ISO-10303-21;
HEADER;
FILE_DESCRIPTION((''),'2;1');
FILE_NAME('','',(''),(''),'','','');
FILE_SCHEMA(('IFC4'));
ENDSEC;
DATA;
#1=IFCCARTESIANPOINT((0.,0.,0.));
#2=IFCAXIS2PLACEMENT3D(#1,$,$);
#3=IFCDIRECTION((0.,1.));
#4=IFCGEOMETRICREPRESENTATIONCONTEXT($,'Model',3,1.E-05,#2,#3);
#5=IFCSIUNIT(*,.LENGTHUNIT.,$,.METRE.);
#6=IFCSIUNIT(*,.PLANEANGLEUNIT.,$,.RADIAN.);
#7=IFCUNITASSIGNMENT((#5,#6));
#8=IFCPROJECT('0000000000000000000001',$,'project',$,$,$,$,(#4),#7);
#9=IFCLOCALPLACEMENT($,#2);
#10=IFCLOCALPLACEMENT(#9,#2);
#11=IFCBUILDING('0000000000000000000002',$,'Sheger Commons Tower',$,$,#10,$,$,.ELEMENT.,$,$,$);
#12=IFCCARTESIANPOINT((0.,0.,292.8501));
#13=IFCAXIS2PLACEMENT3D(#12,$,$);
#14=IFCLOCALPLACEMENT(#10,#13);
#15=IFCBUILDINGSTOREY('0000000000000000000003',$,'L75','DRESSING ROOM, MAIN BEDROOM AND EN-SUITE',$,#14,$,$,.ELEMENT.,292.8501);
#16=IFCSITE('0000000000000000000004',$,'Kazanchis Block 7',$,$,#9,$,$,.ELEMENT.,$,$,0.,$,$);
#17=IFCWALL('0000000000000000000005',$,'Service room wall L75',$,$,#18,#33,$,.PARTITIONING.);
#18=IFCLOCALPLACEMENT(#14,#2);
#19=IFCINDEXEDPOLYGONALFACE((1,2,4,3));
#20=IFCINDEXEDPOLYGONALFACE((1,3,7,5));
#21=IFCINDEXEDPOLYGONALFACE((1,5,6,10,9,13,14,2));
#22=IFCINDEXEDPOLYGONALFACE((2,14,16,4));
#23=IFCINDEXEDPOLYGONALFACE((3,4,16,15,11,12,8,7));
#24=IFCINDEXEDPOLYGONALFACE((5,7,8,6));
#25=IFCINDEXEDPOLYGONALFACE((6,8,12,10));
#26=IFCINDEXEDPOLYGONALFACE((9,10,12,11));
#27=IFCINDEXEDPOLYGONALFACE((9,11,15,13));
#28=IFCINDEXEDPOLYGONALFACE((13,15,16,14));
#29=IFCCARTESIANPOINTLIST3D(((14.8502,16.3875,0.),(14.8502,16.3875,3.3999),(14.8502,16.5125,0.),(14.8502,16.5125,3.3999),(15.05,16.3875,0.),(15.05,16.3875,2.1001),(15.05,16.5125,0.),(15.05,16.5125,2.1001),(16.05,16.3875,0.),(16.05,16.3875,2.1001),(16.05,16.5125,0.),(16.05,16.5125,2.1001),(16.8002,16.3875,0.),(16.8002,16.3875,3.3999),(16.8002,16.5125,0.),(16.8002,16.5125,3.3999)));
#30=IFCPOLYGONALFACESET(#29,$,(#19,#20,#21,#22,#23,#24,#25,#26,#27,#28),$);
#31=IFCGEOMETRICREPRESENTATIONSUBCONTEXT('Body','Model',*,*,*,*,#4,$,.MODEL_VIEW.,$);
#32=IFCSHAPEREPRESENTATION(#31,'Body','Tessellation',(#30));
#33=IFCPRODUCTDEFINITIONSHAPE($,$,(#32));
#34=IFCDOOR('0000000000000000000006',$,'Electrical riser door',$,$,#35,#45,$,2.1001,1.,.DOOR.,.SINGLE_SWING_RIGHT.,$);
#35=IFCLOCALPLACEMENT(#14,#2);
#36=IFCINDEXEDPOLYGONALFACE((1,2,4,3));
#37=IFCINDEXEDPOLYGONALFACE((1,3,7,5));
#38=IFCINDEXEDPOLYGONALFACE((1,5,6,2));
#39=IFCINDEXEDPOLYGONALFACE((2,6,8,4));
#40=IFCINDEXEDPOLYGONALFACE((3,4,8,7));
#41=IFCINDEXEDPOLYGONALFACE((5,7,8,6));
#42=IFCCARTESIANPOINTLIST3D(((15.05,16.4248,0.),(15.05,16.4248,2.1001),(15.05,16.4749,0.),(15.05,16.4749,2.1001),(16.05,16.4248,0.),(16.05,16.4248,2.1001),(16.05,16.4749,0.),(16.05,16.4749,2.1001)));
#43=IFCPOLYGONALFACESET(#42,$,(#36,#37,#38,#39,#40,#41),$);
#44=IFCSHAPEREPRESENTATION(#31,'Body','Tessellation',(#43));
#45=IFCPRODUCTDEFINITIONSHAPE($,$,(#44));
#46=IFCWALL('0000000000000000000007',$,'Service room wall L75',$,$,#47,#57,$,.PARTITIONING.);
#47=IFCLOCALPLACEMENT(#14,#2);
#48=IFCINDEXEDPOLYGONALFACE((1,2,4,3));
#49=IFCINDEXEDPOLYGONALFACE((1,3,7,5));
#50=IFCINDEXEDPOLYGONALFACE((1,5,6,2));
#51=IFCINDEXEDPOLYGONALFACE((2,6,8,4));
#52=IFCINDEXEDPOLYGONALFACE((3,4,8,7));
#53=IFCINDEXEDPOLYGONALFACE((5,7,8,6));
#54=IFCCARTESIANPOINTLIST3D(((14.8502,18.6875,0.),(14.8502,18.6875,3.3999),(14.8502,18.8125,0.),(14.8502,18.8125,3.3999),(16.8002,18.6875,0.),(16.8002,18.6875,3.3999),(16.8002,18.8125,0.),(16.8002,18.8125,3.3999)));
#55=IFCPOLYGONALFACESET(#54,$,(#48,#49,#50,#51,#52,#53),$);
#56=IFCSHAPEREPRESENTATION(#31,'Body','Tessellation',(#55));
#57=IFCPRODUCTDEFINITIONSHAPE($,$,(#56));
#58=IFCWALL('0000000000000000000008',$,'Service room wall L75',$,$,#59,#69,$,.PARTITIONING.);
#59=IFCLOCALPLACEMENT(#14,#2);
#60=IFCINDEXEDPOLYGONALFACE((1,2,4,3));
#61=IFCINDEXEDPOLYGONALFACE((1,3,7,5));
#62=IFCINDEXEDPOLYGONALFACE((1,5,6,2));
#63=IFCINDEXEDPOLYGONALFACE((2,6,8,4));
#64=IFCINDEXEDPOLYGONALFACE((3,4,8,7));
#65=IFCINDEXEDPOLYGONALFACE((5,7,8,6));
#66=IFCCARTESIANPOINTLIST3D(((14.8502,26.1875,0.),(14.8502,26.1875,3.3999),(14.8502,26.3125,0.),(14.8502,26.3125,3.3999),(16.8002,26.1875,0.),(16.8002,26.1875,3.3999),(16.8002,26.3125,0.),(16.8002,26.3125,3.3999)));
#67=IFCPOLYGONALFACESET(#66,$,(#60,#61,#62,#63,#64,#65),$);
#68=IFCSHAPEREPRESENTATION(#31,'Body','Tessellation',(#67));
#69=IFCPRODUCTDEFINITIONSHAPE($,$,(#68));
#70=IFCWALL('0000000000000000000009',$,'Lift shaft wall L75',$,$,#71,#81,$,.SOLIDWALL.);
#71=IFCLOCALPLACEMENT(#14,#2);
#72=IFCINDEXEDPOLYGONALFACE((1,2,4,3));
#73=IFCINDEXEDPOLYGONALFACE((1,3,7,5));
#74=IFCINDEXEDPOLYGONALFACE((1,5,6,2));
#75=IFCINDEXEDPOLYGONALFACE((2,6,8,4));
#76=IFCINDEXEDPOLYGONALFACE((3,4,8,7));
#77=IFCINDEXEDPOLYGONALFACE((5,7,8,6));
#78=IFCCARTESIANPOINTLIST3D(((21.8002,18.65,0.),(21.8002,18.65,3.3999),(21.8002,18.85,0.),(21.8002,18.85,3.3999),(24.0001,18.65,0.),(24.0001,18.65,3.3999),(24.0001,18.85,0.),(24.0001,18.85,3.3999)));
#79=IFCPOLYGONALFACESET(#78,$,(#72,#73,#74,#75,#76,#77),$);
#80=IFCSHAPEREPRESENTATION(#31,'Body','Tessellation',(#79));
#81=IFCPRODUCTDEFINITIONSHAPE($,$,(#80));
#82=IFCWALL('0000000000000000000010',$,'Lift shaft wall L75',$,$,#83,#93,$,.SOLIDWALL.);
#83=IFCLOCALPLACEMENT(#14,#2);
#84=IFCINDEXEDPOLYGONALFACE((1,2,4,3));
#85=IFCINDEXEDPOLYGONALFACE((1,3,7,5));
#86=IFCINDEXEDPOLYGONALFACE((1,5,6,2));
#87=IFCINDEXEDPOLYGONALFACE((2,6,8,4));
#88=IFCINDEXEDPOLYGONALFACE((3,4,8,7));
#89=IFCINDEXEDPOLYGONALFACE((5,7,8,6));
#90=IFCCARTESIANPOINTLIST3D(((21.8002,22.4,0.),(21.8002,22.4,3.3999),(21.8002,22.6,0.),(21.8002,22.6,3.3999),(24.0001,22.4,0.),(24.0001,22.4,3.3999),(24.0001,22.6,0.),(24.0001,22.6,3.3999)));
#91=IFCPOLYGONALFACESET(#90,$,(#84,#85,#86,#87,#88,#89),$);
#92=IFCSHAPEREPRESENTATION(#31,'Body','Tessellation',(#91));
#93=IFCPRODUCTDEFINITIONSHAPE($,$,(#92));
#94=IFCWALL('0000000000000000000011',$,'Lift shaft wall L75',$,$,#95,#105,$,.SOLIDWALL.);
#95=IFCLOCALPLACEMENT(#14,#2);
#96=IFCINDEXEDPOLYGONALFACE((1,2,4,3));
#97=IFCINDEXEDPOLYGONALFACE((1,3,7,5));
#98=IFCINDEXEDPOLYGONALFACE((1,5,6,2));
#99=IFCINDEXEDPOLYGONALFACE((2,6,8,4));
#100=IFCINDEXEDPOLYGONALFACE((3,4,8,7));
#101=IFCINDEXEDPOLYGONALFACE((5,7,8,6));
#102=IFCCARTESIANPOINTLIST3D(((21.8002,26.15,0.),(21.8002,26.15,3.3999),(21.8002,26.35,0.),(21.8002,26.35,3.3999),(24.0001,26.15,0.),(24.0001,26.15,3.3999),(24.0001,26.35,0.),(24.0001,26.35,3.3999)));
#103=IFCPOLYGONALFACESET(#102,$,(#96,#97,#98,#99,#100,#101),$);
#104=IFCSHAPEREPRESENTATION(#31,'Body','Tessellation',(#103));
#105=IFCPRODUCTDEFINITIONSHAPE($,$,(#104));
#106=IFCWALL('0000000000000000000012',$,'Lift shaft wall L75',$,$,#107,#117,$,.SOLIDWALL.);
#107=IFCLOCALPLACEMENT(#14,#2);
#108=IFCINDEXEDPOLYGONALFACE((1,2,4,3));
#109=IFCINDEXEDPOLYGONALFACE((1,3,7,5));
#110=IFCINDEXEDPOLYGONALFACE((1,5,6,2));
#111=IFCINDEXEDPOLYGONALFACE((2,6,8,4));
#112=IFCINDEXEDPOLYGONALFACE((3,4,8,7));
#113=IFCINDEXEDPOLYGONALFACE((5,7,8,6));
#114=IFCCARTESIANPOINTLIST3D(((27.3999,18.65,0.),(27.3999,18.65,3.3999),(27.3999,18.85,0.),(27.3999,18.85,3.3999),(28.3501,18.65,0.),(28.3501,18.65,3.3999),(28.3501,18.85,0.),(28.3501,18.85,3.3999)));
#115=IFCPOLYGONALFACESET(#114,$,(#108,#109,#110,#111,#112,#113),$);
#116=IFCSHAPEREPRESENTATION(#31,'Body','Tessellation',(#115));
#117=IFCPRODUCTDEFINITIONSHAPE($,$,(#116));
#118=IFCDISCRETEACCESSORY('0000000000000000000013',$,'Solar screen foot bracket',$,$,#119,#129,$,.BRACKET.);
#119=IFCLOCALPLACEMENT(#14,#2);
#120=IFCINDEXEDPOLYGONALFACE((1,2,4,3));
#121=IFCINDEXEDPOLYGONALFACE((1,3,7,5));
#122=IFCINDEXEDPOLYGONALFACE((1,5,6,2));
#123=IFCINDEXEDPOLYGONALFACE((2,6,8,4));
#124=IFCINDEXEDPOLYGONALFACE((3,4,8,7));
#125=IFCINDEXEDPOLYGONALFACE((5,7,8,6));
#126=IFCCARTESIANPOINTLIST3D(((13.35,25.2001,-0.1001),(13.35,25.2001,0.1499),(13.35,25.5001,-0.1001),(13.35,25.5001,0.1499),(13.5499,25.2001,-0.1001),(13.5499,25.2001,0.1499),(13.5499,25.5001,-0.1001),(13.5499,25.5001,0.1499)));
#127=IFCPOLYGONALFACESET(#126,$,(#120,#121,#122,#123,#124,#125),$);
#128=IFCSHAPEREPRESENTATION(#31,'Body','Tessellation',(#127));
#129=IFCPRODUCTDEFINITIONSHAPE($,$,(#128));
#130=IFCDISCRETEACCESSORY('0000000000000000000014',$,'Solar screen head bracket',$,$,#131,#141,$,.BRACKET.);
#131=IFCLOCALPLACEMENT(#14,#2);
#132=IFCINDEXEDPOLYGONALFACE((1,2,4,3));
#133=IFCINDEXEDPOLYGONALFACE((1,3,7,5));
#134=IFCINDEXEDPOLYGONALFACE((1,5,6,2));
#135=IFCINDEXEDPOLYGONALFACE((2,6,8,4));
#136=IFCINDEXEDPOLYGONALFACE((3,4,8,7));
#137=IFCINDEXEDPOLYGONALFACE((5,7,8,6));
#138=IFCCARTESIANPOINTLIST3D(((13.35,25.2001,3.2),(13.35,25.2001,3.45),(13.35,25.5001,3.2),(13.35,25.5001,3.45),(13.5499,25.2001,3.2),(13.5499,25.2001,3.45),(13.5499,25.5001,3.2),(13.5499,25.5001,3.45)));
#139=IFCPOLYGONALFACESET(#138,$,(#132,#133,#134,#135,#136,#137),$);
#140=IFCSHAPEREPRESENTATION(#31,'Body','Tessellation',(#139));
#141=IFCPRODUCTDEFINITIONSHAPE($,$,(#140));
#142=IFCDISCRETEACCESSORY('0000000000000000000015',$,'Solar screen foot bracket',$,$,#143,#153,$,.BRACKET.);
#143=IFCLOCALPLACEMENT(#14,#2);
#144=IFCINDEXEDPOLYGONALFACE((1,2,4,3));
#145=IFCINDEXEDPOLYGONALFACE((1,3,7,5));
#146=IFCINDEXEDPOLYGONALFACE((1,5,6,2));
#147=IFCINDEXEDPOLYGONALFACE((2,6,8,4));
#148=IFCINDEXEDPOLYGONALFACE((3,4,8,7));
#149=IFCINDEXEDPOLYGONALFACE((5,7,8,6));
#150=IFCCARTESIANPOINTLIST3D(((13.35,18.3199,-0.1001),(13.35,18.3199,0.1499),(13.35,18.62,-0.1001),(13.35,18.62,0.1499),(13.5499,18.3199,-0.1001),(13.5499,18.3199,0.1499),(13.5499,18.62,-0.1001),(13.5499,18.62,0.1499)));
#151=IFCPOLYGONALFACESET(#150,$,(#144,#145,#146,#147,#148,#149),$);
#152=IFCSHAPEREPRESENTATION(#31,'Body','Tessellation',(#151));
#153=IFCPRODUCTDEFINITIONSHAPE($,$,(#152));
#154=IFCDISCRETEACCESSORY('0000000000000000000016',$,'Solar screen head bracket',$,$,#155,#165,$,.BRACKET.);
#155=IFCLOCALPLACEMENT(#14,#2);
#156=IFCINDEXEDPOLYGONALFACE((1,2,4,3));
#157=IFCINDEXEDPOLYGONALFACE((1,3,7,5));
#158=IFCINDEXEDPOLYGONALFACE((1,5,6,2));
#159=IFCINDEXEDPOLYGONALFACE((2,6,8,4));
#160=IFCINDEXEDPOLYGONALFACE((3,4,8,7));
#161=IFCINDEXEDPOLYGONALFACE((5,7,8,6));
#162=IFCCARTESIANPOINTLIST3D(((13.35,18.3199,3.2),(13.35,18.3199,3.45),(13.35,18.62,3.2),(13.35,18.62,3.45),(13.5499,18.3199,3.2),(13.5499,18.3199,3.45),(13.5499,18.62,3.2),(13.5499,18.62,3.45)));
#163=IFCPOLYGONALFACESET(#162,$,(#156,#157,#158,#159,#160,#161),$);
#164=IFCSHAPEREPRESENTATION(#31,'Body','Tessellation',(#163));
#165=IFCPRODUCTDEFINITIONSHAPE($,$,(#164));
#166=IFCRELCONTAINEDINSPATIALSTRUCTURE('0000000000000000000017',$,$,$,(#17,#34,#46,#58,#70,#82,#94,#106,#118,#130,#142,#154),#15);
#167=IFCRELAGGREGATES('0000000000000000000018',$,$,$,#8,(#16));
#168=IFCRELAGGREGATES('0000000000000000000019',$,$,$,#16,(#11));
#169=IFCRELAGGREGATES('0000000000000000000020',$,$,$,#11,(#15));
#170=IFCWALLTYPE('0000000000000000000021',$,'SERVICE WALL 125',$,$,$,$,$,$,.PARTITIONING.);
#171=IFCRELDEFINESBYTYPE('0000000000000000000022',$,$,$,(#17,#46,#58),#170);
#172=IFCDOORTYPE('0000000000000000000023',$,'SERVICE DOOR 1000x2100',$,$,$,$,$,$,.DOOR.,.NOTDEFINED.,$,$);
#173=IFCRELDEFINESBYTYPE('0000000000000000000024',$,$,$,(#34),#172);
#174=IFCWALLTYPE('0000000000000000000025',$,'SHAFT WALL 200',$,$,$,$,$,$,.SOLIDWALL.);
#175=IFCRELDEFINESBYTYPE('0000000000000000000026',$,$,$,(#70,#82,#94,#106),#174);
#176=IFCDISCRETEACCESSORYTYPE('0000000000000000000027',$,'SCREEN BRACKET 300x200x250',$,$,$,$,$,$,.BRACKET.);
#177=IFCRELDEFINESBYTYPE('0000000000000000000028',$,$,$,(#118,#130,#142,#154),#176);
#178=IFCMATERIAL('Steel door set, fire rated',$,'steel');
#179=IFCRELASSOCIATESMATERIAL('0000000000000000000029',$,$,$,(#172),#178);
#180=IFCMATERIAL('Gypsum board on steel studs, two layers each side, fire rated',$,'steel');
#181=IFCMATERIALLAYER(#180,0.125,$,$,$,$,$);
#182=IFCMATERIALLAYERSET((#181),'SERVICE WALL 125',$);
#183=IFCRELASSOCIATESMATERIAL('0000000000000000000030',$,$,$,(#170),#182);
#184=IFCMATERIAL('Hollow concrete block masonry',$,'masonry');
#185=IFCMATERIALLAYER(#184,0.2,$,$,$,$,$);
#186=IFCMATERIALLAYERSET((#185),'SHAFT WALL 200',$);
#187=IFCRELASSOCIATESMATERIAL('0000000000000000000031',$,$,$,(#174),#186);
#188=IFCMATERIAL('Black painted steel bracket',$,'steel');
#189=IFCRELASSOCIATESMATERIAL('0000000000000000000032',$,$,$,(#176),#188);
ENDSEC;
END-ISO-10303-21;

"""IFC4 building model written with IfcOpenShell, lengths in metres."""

from ifc_helpers import new_model, si_unit, direction, frame, frame_2d, origin, origin_2d, place, context, subcontext, project, spatial, rectangle, extrude, material, layer, layer_set, type_object, element, fill, save


model = new_model("IFC4")

# Units and contexts
model_context = context("Model", 3, precision=1e-05, world=origin(), true_north=direction((0.0, 1.0)))
body_context = subcontext(model_context, "Body", "Model", "MODEL_VIEW")
ifc_project = project(units=[si_unit("LENGTHUNIT", "METRE"), si_unit("PLANEANGLEUNIT", "RADIAN")], contexts=[model_context])

# Site, building, storey
site_placement = place(None, origin())
site = spatial("IfcSite", under=ifc_project, at=site_placement, Name="Kazanchis Block 7", CompositionType="ELEMENT", RefElevation=0.0)
building_placement = place(site_placement, origin())
building = spatial("IfcBuilding", under=site, at=building_placement, Name="Sheger Commons Tower", CompositionType="ELEMENT")
storey_placement = place(building_placement, frame((0.0, 0.0, 292.8501)))
storey = spatial("IfcBuildingStorey", under=building, at=storey_placement, Name="L75", Description="DRESSING ROOM, MAIN BEDROOM AND EN-SUITE", CompositionType="ELEMENT", Elevation=292.8501)

# Shared definitions
ifc_material_1 = material(Name="Steel door set, fire rated", Category="steel")
door_type_1 = type_object("IfcDoorType", Name="SERVICE DOOR 1000x2100", OperationType="NOTDEFINED", PredefinedType="DOOR", material=ifc_material_1)

# Wall, opening, door
ifc_material_2 = material(Name="Gypsum board on steel studs, two layers each side, fire rated", Category="steel")
ifc_layer_1 = layer(ifc_material_2, 0.125)
ifc_layer_set_1 = layer_set([ifc_layer_1], Name="SERVICE WALL 125")
wall_type_1 = type_object("IfcWallType", Name="SERVICE WALL 125", PredefinedType="PARTITIONING", material=ifc_layer_set_1)
wall_1_placement = place(storey_placement, frame((14.8501, 16.45, 0.0), z_axis=(0.0, 0.0, 1.0), x_axis=(1.0, 0.0, 0.0)))
wall_1 = element("IfcWall", 1, at=wall_1_placement, inside=storey, type_object=wall_type_1, Name="Service room wall L75", PredefinedType="PARTITIONING", context=body_context, shape_type="SweptSolid", body=[
    extrude(rectangle(XDim=1.95, YDim=0.125, at=frame_2d((0.9751, 0.0))), origin(), (0.0, 0.0, 1.0), 3.3999),
])
opening_1_placement = place(wall_1_placement, frame((0.2, 0.0, 0.0)))
opening_1 = element("IfcOpeningElement", 2, at=opening_1_placement, cuts=wall_1, PredefinedType="OPENING", context=body_context, shape_type="SweptSolid", body=[
    extrude(rectangle(XDim=1.0, YDim=2.1001, at=frame_2d((0.5, 1.05))), frame((0.0, 0.0725, 0.0), z_axis=(0.0, -1.0, 0.0), x_axis=(1.0, 0.0, 0.0)), (0.0, 0.0, 1.0), 0.145),
])
door_1_placement = place(opening_1_placement, origin())
door_1 = element("IfcDoor", 3, at=door_1_placement, inside=storey, type_object=door_type_1, Name="Electrical riser door", OperationType="SINGLE_SWING_RIGHT", OverallHeight=2.1001, OverallWidth=1.0, PredefinedType="DOOR", context=body_context, shape_type="SweptSolid", body=[
    extrude(rectangle(XDim=1.0, YDim=2.1001, at=frame_2d((0.5, 1.05))), frame((0.0, 0.0249, 0.0), z_axis=(0.0, -1.0, 0.0), x_axis=(1.0, 0.0, 0.0)), (0.0, 0.0, 1.0), 0.05),
])
fill(opening_1, door_1)

# Walls
for number, where, z_axis, x_axis, name in (
    (4, (14.8501, 18.75, 0.0), (0.0, 0.0, 1.0), (1.0, 0.0, 0.0), "Service room wall L75"),
    (5, (14.8501, 26.25, 0.0), (0.0, 0.0, 1.0), (1.0, 0.0, 0.0), "Service room wall L75"),
):
    element("IfcWall", number, at=place(storey_placement, frame(where, z_axis=z_axis, x_axis=x_axis)), inside=storey, type_object=wall_type_1, Name=name, PredefinedType="PARTITIONING", context=body_context, shape_type="SweptSolid", body=[
        extrude(rectangle(XDim=1.95, YDim=0.125, at=frame_2d((0.9751, 0.0))), origin(), (0.0, 0.0, 1.0), 3.3999),
    ])
ifc_material_3 = material(Name="Hollow concrete block masonry", Category="masonry")
ifc_layer_2 = layer(ifc_material_3, 0.2)
ifc_layer_set_2 = layer_set([ifc_layer_2], Name="SHAFT WALL 200")
wall_type_2 = type_object("IfcWallType", Name="SHAFT WALL 200", PredefinedType="SOLIDWALL", material=ifc_layer_set_2)
for number, where, z_axis, x_axis, name in (
    (6, (21.8, 18.75, 0.0), (0.0, 0.0, 1.0), (1.0, 0.0, 0.0), "Lift shaft wall L75"),
    (7, (21.8, 22.5, 0.0), (0.0, 0.0, 1.0), (1.0, 0.0, 0.0), "Lift shaft wall L75"),
    (8, (21.8, 26.25, 0.0), (0.0, 0.0, 1.0), (1.0, 0.0, 0.0), "Lift shaft wall L75"),
):
    element("IfcWall", number, at=place(storey_placement, frame(where, z_axis=z_axis, x_axis=x_axis)), inside=storey, type_object=wall_type_2, Name=name, PredefinedType="SOLIDWALL", context=body_context, shape_type="SweptSolid", body=[
        extrude(rectangle(XDim=2.2, YDim=0.2, at=frame_2d((1.1001, 0.0))), origin(), (0.0, 0.0, 1.0), 3.3999),
    ])
wall_2_placement = place(storey_placement, frame((27.3999, 18.75, 0.0), z_axis=(0.0, 0.0, 1.0), x_axis=(1.0, 0.0, 0.0)))
element("IfcWall", 9, at=wall_2_placement, inside=storey, type_object=wall_type_2, Name="Lift shaft wall L75", PredefinedType="SOLIDWALL", context=body_context, shape_type="SweptSolid", body=[
    extrude(rectangle(XDim=0.9502, YDim=0.2, at=frame_2d((0.4751, 0.0))), origin(), (0.0, 0.0, 1.0), 3.3999),
])

# Discrete accessories
ifc_material_4 = material(Name="Black painted steel bracket", Category="steel")
discrete_accessory_type = type_object("IfcDiscreteAccessoryType", Name="SCREEN BRACKET 300x200x250", PredefinedType="BRACKET", material=ifc_material_4)
for number, where, z_axis, x_axis, name in (
    (10, (13.45, 25.3501, -0.1001), (0.0, 0.0, 1.0), (0.0, -1.0, 0.0), "Solar screen foot bracket"),
    (11, (13.45, 25.3501, 3.2), (0.0, 0.0, 1.0), (0.0, -1.0, 0.0), "Solar screen head bracket"),
    (12, (13.45, 18.47, -0.1001), (0.0, 0.0, 1.0), (0.0, -1.0, 0.0), "Solar screen foot bracket"),
    (13, (13.45, 18.47, 3.2), (0.0, 0.0, 1.0), (0.0, -1.0, 0.0), "Solar screen head bracket"),
):
    element("IfcDiscreteAccessory", number, at=place(storey_placement, frame(where, z_axis=z_axis, x_axis=x_axis)), inside=storey, type_object=discrete_accessory_type, Name=name, PredefinedType="BRACKET", context=body_context, shape_type="SweptSolid", body=[
        extrude(rectangle(XDim=0.3, YDim=0.2, at=origin_2d()), origin(), (0.0, 0.0, 1.0), 0.25),
    ])

save(model, "model.ifc")
